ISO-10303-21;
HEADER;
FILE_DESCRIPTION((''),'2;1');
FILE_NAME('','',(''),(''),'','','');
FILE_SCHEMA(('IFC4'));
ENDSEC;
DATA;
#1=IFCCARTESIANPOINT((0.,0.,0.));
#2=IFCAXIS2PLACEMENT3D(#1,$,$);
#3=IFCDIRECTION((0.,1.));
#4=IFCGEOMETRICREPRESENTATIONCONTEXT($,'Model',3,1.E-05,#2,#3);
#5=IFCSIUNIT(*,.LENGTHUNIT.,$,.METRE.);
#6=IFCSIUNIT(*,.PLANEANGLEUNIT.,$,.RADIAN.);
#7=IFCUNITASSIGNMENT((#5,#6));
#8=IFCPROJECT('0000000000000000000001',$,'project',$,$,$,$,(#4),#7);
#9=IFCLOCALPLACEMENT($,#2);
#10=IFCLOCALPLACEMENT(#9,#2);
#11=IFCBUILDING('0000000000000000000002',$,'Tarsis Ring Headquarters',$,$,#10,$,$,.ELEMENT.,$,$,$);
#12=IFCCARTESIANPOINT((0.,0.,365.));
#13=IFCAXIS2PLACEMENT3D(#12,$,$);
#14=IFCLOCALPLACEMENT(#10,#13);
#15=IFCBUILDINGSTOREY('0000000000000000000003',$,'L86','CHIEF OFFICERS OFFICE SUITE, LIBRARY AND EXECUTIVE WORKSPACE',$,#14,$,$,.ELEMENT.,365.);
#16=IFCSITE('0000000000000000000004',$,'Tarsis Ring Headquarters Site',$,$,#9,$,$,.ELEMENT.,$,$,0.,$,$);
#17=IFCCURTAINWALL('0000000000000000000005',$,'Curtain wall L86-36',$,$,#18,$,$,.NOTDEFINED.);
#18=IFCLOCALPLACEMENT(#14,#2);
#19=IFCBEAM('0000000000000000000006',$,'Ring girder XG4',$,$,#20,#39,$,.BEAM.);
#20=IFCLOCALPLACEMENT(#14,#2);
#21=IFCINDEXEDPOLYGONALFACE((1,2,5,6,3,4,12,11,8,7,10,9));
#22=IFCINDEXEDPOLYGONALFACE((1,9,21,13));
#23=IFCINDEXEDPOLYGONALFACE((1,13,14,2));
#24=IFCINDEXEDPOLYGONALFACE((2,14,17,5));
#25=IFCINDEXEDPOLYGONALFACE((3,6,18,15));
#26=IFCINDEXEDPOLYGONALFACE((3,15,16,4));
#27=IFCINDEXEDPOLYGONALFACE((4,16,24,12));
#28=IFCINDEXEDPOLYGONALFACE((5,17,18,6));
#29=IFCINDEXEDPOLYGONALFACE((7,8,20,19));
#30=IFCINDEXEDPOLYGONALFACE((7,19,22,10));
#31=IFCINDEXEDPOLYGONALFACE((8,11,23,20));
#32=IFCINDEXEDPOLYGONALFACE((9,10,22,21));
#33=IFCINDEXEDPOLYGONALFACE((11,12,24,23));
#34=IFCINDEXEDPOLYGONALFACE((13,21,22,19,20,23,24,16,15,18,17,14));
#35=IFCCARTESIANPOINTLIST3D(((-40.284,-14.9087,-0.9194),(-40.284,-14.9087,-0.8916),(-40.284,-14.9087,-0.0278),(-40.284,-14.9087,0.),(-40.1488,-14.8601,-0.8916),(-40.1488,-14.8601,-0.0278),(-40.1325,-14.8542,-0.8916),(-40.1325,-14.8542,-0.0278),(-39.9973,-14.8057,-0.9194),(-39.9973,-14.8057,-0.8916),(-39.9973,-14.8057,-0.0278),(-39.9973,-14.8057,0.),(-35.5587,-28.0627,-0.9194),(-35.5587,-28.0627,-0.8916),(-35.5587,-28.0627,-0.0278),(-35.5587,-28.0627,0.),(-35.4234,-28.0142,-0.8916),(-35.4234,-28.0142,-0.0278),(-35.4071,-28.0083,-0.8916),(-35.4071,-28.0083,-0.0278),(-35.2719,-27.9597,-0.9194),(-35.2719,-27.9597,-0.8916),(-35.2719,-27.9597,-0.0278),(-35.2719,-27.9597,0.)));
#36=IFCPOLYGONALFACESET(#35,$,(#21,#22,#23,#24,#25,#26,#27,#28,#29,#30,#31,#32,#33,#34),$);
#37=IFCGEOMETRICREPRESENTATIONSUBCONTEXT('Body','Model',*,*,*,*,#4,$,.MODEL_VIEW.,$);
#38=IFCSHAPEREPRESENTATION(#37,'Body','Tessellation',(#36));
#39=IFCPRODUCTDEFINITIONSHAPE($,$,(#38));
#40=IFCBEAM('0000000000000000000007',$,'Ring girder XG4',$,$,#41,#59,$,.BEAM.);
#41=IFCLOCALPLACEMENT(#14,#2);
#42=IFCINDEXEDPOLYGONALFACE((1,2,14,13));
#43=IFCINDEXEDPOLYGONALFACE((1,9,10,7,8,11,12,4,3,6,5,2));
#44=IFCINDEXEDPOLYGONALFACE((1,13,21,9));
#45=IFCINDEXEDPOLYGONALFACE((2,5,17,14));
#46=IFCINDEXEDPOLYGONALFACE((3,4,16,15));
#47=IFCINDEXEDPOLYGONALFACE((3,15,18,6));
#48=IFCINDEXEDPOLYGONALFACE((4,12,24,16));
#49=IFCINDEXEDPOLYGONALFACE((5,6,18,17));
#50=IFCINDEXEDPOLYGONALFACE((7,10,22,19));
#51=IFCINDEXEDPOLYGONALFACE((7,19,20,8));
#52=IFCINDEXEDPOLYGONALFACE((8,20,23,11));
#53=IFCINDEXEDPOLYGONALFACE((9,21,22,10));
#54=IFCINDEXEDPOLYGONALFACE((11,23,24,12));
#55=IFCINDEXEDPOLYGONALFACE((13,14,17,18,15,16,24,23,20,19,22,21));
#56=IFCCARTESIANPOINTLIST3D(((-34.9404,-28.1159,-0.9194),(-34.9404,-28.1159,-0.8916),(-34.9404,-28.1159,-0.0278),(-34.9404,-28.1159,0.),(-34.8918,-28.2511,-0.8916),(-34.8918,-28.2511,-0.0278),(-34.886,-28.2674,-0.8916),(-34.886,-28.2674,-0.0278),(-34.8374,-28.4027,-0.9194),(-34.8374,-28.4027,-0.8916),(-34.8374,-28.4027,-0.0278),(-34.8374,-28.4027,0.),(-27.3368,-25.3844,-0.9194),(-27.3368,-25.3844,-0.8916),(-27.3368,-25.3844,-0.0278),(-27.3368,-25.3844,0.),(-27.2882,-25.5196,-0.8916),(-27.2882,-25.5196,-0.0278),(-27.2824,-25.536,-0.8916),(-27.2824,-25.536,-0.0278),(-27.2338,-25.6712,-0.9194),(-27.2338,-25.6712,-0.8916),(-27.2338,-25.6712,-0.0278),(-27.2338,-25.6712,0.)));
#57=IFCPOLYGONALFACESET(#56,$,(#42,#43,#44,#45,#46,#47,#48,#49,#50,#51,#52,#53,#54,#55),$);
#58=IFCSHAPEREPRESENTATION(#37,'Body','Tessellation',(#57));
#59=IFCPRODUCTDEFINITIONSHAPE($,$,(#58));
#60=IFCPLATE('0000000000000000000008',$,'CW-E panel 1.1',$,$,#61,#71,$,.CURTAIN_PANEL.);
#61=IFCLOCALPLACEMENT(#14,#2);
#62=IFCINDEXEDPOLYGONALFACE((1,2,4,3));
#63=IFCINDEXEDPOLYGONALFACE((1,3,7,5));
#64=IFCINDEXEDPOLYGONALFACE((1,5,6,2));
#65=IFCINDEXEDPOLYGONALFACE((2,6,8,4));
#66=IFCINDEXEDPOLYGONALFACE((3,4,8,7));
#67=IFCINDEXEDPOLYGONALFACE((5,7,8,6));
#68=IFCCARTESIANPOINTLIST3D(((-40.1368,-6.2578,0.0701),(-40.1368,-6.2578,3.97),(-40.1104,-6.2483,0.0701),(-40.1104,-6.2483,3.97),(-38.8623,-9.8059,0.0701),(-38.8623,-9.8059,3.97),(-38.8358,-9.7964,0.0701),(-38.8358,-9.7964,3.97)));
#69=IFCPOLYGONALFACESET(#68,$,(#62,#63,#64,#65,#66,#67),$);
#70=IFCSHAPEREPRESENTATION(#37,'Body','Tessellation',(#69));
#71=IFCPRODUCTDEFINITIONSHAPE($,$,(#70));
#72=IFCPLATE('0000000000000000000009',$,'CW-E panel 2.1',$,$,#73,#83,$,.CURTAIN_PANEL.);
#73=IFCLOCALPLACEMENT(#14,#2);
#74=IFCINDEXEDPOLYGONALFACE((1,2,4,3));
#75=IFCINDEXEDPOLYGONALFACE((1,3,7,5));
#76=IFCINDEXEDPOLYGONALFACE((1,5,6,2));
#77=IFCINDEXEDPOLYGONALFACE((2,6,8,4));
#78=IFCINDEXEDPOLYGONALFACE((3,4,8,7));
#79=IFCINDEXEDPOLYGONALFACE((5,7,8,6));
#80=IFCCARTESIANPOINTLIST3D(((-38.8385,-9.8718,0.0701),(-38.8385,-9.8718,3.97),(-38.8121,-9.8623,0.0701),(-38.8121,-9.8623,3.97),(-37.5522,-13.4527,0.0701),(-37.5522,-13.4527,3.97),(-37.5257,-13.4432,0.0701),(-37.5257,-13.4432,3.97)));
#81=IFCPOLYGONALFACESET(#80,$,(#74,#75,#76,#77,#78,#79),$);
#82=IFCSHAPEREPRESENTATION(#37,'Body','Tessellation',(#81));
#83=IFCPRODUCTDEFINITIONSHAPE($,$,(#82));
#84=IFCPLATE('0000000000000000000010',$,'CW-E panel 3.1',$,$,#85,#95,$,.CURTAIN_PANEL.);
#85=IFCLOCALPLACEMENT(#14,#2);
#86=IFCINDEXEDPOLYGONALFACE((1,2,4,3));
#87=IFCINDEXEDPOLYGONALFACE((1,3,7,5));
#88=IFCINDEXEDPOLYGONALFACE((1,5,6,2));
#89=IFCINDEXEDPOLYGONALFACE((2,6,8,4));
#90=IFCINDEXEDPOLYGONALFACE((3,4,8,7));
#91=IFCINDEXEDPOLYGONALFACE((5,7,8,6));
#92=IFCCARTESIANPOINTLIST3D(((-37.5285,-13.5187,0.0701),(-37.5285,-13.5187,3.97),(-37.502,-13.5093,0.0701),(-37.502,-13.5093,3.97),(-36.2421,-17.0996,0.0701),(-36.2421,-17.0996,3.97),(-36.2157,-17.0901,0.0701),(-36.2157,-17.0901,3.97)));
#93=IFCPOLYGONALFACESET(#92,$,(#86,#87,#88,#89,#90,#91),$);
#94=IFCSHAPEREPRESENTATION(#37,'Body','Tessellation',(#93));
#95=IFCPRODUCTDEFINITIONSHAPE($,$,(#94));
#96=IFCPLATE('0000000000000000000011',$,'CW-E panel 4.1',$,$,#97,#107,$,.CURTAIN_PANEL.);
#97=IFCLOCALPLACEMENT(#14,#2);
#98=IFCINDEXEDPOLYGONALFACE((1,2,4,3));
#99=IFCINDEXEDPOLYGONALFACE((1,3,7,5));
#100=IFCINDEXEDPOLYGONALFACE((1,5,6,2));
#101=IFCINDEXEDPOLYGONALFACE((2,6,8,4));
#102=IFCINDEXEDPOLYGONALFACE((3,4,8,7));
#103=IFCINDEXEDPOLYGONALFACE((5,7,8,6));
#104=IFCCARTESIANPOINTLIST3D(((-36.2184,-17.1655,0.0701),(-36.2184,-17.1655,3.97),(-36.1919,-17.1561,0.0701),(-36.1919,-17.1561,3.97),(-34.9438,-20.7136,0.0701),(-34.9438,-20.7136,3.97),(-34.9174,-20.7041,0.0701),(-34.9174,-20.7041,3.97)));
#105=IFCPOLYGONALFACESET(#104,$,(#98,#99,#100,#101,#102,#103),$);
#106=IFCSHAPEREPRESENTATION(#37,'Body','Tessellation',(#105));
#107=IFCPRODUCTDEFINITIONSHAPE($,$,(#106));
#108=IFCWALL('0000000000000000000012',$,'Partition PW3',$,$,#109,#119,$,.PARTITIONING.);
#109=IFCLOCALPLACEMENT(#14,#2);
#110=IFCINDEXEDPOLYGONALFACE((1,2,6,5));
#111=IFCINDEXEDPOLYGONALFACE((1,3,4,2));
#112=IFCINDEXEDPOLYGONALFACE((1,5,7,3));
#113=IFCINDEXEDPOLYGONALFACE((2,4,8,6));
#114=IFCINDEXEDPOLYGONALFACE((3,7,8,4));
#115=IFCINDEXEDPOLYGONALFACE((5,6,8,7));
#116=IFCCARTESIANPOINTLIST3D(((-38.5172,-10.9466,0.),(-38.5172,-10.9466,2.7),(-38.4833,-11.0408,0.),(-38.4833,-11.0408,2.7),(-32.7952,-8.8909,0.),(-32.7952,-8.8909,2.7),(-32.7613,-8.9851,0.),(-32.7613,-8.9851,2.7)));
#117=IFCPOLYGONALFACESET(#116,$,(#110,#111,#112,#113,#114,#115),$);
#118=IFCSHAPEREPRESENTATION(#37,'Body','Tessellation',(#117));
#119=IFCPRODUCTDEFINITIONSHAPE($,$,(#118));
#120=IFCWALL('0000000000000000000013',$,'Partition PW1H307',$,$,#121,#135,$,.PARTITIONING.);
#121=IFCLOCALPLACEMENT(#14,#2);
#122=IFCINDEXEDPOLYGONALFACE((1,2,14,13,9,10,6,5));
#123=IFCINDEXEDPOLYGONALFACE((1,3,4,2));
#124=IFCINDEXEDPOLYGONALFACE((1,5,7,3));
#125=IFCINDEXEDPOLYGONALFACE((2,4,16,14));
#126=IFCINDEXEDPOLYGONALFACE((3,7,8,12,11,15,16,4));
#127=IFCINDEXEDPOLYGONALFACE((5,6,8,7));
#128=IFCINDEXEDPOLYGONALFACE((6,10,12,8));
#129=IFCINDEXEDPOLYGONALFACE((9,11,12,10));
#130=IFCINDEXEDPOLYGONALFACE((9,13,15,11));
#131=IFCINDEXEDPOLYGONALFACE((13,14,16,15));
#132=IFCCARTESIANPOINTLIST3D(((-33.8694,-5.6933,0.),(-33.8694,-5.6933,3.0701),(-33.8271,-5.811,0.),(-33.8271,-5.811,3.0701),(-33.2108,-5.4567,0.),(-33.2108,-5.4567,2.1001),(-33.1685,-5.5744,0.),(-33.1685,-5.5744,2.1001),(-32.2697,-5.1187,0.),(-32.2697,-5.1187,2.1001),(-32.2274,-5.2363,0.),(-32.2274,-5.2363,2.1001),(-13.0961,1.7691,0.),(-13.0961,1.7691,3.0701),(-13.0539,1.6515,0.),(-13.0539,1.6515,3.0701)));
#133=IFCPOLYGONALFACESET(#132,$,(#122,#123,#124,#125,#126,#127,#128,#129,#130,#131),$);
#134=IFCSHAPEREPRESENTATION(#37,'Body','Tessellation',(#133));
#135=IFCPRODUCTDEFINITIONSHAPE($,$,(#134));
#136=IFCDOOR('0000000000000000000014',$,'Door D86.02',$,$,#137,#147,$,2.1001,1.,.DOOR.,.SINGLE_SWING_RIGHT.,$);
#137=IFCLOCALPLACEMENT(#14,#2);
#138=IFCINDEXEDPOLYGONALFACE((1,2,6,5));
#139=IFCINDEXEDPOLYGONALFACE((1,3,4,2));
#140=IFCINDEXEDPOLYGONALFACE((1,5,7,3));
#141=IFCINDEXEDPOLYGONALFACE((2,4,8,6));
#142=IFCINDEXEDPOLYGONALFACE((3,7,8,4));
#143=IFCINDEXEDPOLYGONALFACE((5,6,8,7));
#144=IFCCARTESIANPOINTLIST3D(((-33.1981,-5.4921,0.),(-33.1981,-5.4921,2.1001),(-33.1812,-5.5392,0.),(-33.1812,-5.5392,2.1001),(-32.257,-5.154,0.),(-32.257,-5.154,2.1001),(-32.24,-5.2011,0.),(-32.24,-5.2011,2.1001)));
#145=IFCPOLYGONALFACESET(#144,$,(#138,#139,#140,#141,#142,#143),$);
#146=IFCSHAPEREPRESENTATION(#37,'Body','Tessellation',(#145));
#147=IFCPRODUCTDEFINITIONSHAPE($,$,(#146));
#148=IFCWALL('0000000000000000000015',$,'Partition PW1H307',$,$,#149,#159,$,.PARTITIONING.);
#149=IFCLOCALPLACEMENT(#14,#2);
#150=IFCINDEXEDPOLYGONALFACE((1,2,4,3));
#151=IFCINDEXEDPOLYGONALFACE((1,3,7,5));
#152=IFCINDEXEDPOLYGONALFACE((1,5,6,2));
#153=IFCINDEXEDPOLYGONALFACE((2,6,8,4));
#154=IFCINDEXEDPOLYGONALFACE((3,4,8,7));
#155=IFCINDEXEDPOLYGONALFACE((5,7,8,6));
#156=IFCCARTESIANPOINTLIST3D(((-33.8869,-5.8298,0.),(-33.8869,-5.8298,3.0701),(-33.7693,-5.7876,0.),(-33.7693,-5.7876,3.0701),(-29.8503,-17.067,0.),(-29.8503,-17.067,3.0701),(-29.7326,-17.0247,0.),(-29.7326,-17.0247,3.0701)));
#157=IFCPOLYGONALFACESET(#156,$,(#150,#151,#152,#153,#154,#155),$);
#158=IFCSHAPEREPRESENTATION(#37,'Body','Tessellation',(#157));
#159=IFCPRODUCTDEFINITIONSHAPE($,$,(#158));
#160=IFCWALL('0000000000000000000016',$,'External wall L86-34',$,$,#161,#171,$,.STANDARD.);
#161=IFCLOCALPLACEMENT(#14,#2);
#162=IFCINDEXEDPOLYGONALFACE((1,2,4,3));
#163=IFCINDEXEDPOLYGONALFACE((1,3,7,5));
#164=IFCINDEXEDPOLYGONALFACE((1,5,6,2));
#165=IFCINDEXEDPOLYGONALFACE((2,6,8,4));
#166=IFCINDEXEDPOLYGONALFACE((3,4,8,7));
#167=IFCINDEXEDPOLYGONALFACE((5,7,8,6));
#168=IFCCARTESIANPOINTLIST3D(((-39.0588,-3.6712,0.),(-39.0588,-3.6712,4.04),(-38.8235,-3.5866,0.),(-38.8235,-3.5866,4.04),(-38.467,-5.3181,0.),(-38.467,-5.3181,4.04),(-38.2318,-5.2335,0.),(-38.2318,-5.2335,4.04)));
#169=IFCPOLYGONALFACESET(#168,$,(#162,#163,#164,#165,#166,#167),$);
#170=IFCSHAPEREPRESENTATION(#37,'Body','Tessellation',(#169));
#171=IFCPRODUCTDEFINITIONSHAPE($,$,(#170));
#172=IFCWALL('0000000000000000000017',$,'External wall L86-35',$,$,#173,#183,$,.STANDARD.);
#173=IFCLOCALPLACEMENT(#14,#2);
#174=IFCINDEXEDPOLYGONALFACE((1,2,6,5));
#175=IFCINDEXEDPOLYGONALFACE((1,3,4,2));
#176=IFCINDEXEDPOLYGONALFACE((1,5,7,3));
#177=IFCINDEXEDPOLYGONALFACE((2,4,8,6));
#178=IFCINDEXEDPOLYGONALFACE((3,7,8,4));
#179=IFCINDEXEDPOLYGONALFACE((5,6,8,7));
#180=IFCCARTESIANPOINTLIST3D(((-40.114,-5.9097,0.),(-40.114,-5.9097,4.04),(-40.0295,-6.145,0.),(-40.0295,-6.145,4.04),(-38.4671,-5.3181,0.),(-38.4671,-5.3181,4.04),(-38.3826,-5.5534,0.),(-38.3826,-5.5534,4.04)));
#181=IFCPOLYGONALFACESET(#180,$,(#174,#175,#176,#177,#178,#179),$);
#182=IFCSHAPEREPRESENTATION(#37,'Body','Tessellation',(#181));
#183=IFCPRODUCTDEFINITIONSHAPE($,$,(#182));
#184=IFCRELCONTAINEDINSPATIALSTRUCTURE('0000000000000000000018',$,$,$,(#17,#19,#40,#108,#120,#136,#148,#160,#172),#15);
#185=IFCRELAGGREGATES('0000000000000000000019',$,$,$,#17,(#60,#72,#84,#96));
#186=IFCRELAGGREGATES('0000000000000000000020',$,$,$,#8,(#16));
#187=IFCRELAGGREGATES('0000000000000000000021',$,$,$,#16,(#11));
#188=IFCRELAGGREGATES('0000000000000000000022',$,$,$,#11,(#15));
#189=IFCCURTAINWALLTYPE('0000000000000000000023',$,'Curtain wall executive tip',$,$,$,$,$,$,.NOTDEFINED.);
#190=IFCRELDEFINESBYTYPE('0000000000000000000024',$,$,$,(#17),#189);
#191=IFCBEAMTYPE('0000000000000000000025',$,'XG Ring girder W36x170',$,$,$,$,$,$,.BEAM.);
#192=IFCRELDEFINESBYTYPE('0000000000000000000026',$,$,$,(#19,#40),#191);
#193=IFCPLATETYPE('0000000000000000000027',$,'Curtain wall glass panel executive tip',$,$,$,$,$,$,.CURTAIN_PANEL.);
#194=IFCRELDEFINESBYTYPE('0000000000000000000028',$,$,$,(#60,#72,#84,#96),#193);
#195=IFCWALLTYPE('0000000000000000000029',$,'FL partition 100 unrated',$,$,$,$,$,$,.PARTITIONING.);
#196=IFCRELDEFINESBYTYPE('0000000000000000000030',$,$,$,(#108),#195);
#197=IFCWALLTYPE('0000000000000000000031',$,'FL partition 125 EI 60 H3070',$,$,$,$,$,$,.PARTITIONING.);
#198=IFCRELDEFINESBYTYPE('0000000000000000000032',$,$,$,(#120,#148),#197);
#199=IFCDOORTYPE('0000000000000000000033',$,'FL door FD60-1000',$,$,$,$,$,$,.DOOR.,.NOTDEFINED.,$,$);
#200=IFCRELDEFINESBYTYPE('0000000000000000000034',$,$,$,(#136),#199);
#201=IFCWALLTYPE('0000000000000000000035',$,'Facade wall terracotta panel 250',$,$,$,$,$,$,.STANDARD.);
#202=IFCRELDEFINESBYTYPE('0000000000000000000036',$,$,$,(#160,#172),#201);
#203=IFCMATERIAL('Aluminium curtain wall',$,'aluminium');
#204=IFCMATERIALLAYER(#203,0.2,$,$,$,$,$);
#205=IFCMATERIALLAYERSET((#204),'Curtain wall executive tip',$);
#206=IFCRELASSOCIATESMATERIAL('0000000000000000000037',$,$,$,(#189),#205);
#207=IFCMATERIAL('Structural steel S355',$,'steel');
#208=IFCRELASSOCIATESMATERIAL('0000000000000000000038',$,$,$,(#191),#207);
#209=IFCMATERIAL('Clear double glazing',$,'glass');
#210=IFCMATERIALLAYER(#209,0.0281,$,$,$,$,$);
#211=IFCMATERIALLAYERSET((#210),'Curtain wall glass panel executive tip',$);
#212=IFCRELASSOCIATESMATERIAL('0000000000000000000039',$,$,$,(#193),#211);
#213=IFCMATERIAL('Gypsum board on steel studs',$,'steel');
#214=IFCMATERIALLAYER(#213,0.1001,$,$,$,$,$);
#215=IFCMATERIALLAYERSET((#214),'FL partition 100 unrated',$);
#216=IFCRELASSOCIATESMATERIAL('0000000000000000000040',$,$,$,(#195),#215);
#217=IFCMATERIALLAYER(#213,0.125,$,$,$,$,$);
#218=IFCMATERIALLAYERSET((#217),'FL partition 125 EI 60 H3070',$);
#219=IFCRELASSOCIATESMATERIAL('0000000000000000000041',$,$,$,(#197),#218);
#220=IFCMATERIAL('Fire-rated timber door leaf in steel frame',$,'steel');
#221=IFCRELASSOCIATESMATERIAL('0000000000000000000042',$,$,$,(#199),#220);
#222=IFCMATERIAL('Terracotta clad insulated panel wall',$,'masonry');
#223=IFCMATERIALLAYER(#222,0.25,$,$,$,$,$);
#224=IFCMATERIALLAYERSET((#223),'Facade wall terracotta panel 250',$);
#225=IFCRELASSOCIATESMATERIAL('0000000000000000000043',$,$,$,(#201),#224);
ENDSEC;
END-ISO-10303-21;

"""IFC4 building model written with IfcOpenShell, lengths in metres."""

from ifc_helpers import new_model, si_unit, direction, frame, frame_2d, origin, origin_2d, place, context, subcontext, project, spatial, rectangle, i_section, extrude, material, layer, layer_set, material_profile, profile_set, type_object, element, fill, aggregate, save


model = new_model("IFC4")

# Units and contexts
model_context = context("Model", 3, precision=1e-05, world=origin(), true_north=direction((0.0, 1.0)))
body_context = subcontext(model_context, "Body", "Model", "MODEL_VIEW")
ifc_project = project(units=[si_unit("LENGTHUNIT", "METRE"), si_unit("PLANEANGLEUNIT", "RADIAN")], contexts=[model_context])

# Site, building, storey
site_placement = place(None, origin())
site = spatial("IfcSite", under=ifc_project, at=site_placement, Name="Tarsis Ring Headquarters Site", CompositionType="ELEMENT", RefElevation=0.0)
building_placement = place(site_placement, origin())
building = spatial("IfcBuilding", under=site, at=building_placement, Name="Tarsis Ring Headquarters", CompositionType="ELEMENT")
storey_placement = place(building_placement, frame((0.0, 0.0, 365.0)))
storey = spatial("IfcBuildingStorey", under=building, at=storey_placement, Name="L86", Description="CHIEF OFFICERS OFFICE SUITE, LIBRARY AND EXECUTIVE WORKSPACE", CompositionType="ELEMENT", Elevation=365.0)

# Shared definitions
ifc_material_1 = material(Name="Structural steel S355", Category="steel")

# Curtain wall
ifc_material_2 = material(Name="Aluminium curtain wall", Category="aluminium")
ifc_layer_1 = layer(ifc_material_2, 0.2)
ifc_layer_set_1 = layer_set([ifc_layer_1], Name="Curtain wall executive tip")
curtain_wall_type = type_object("IfcCurtainWallType", Name="Curtain wall executive tip", PredefinedType="NOTDEFINED", material=ifc_layer_set_1)
curtain_wall_placement = place(storey_placement, origin())
curtain_wall = element("IfcCurtainWall", 1, at=curtain_wall_placement, inside=storey, type_object=curtain_wall_type, Name="Curtain wall L86-36", PredefinedType="NOTDEFINED")

# Beams
ifc_material_profile_1 = material_profile(ifc_material_1, i_section(OverallWidth=0.3047, OverallDepth=0.9194, WebThickness=0.0173, FlangeThickness=0.0278, at=origin_2d()), Name="W36x170")
ifc_profile_set_1 = profile_set([ifc_material_profile_1], Name="Structural steel S355")
beam_type = type_object("IfcBeamType", Name="XG Ring girder W36x170", PredefinedType="BEAM", material=ifc_profile_set_1)
beam_1_placement = place(storey_placement, frame((-40.1406, -14.8572, -0.4597), z_axis=(0.338079, -0.941118, 0.0), x_axis=(0.941118, 0.338079, 0.0)))
element("IfcBeam", 2, at=beam_1_placement, inside=storey, type_object=beam_type, Name="Ring girder XG4", PredefinedType="BEAM", context=body_context, shape_type="SweptSolid", body=[
    extrude(i_section(OverallWidth=0.3047, OverallDepth=0.9194, WebThickness=0.0173, FlangeThickness=0.0278, at=origin_2d()), origin(), (0.0, 0.0, 1.0), 13.9771),
])
beam_2_placement = place(storey_placement, frame((-34.8889, -28.2593, -0.4597), z_axis=(0.941117, 0.338082, 0.0), x_axis=(-0.338082, 0.941117, 0.0)))
element("IfcBeam", 3, at=beam_2_placement, inside=storey, type_object=beam_type, Name="Ring girder XG4", PredefinedType="BEAM", context=body_context, shape_type="SweptSolid", body=[
    extrude(i_section(OverallWidth=0.3047, OverallDepth=0.9194, WebThickness=0.0173, FlangeThickness=0.0278, at=origin_2d()), origin(), (0.0, 0.0, 1.0), 8.0793),
])

# Plates
ifc_material_3 = material(Name="Clear double glazing", Category="glass")
ifc_layer_2 = layer(ifc_material_3, 0.0281)
ifc_layer_set_2 = layer_set([ifc_layer_2], Name="Curtain wall glass panel executive tip")
plate_type = type_object("IfcPlateType", Name="Curtain wall glass panel executive tip", PredefinedType="CURTAIN_PANEL", material=ifc_layer_set_2)
plate_1_placement = place(storey_placement, frame((-39.4863, -8.0271, 0.0701), z_axis=(0.0, 0.0, 1.0), x_axis=(0.338081, -0.941117, 0.0)))
plate_1 = element("IfcPlate", 4, at=plate_1_placement, type_object=plate_type, Name="CW-E panel 1.1", PredefinedType="CURTAIN_PANEL", context=body_context, shape_type="SweptSolid", body=[
    extrude(rectangle(XDim=3.77, YDim=0.0281, at=origin_2d()), origin(), (0.0, 0.0, 1.0), 3.8999),
])
plate_2_placement = place(storey_placement, frame((-38.1821, -11.6575, 0.0701), z_axis=(0.0, 0.0, 1.0), x_axis=(0.338081, -0.941117, 0.0)))
plate_2 = element("IfcPlate", 5, at=plate_2_placement, type_object=plate_type, Name="CW-E panel 2.1", PredefinedType="CURTAIN_PANEL", context=body_context, shape_type="SweptSolid", body=[
    extrude(rectangle(XDim=3.8049, YDim=0.0281, at=origin_2d()), origin(), (0.0, 0.0, 1.0), 3.8999),
])
plate_3_placement = place(storey_placement, frame((-36.8721, -15.3044, 0.0701), z_axis=(0.0, 0.0, 1.0), x_axis=(0.338081, -0.941117, 0.0)))
plate_3 = element("IfcPlate", 6, at=plate_3_placement, type_object=plate_type, Name="CW-E panel 3.1", PredefinedType="CURTAIN_PANEL", context=body_context, shape_type="SweptSolid", body=[
    extrude(rectangle(XDim=3.8049, YDim=0.0281, at=origin_2d()), origin(), (0.0, 0.0, 1.0), 3.8999),
])
plate_4_placement = place(storey_placement, frame((-35.5679, -18.9348, 0.0701), z_axis=(0.0, 0.0, 1.0), x_axis=(0.338081, -0.941117, 0.0)))
plate_4 = element("IfcPlate", 7, at=plate_4_placement, type_object=plate_type, Name="CW-E panel 4.1", PredefinedType="CURTAIN_PANEL", context=body_context, shape_type="SweptSolid", body=[
    extrude(rectangle(XDim=3.77, YDim=0.0281, at=origin_2d()), origin(), (0.0, 0.0, 1.0), 3.8999),
])
aggregate(curtain_wall, [plate_1, plate_2, plate_3, plate_4])

# Wall
ifc_material_4 = material(Name="Gypsum board on steel studs", Category="steel")
ifc_layer_3 = layer(ifc_material_4, 0.1001)
ifc_layer_set_3 = layer_set([ifc_layer_3], Name="FL partition 100 unrated")
wall_type_1 = type_object("IfcWallType", Name="FL partition 100 unrated", PredefinedType="PARTITIONING", material=ifc_layer_set_3)
wall_1_placement = place(storey_placement, frame((-38.5002, -10.9937, 0.0), z_axis=(0.0, 0.0, 1.0), x_axis=(0.941109, 0.338104, 0.0)))
element("IfcWall", 8, at=wall_1_placement, inside=storey, type_object=wall_type_1, Name="Partition PW3", PredefinedType="PARTITIONING", context=body_context, shape_type="SweptSolid", body=[
    extrude(rectangle(XDim=6.0801, YDim=0.1001, at=frame_2d((3.04, 0.0))), origin(), (0.0, 0.0, 1.0), 2.7),
])

# Wall, opening, door
ifc_layer_4 = layer(ifc_material_4, 0.125)
ifc_layer_set_4 = layer_set([ifc_layer_4], Name="FL partition 125 EI 60 H3070")
wall_type_2 = type_object("IfcWallType", Name="FL partition 125 EI 60 H3070", PredefinedType="PARTITIONING", material=ifc_layer_set_4)
wall_2_placement = place(storey_placement, frame((-33.8484, -5.7522, 0.0), z_axis=(0.0, 0.0, 1.0), x_axis=(0.941117, 0.33808, 0.0)))
wall_2 = element("IfcWall", 9, at=wall_2_placement, inside=storey, type_object=wall_type_2, Name="Partition PW1H307", PredefinedType="PARTITIONING", context=body_context, shape_type="SweptSolid", body=[
    extrude(rectangle(XDim=22.073, YDim=0.125, at=frame_2d((11.0366, 0.0))), origin(), (0.0, 0.0, 1.0), 3.0701),
])
opening_placement = place(wall_2_placement, frame((0.7, 0.0, 0.0)))
opening = element("IfcOpeningElement", 10, at=opening_placement, cuts=wall_2, PredefinedType="OPENING", context=body_context, shape_type="SweptSolid", body=[
    extrude(rectangle(XDim=1.0, YDim=2.1001, at=frame_2d((0.5, 1.05))), frame((0.0, 0.0725, 0.0), z_axis=(0.0, -1.0, 0.0), x_axis=(1.0, 0.0, 0.0)), (0.0, 0.0, 1.0), 0.145),
])
ifc_material_5 = material(Name="Fire-rated timber door leaf in steel frame", Category="steel")
door_type = type_object("IfcDoorType", Name="FL door FD60-1000", OperationType="NOTDEFINED", PredefinedType="DOOR", material=ifc_material_5)
door_placement = place(opening_placement, origin())
door = element("IfcDoor", 11, at=door_placement, inside=storey, type_object=door_type, Name="Door D86.02", OperationType="SINGLE_SWING_RIGHT", OverallHeight=2.1001, OverallWidth=1.0, PredefinedType="DOOR", context=body_context, shape_type="SweptSolid", body=[
    extrude(rectangle(XDim=1.0, YDim=2.1001, at=frame_2d((0.5, 1.05))), frame((0.0, 0.0249, 0.0), z_axis=(0.0, -1.0, 0.0), x_axis=(1.0, 0.0, 0.0)), (0.0, 0.0, 1.0), 0.05),
])
fill(opening, door)

# Walls
wall_3_placement = place(storey_placement, frame((-33.8281, -5.8086, 0.0), z_axis=(0.0, 0.0, 1.0), x_axis=(0.338073, -0.94112, 0.0)))
element("IfcWall", 12, at=wall_3_placement, inside=storey, type_object=wall_type_2, Name="Partition PW1H307", PredefinedType="PARTITIONING", context=body_context, shape_type="SweptSolid", body=[
    extrude(rectangle(XDim=11.9402, YDim=0.125, at=frame_2d((5.9702, 0.0))), origin(), (0.0, 0.0, 1.0), 3.0701),
])
ifc_material_6 = material(Name="Terracotta clad insulated panel wall", Category="masonry")
ifc_layer_5 = layer(ifc_material_6, 0.25)
ifc_layer_set_5 = layer_set([ifc_layer_5], Name="Facade wall terracotta panel 250")
wall_type_3 = type_object("IfcWallType", Name="Facade wall terracotta panel 250", PredefinedType="STANDARD", material=ifc_layer_set_5)
for number, where, z_axis, x_axis, name in (
    (13, (-38.9412, -3.6289, 0.0), (0.0, 0.0, 1.0), (0.338156, -0.94109, 0.0), "External wall L86-34"),
    (14, (-38.4248, -5.4358, 0.0), (0.0, 0.0, 1.0), (-0.941134, -0.338033, 0.0), "External wall L86-35"),
):
    element("IfcWall", number, at=place(storey_placement, frame(where, z_axis=z_axis, x_axis=x_axis)), inside=storey, type_object=wall_type_3, Name=name, PredefinedType="STANDARD", context=body_context, shape_type="SweptSolid", body=[
        extrude(rectangle(XDim=1.75, YDim=0.25, at=frame_2d((0.875, 0.0))), origin(), (0.0, 0.0, 1.0), 4.04),
    ])

save(model, "model.ifc")
